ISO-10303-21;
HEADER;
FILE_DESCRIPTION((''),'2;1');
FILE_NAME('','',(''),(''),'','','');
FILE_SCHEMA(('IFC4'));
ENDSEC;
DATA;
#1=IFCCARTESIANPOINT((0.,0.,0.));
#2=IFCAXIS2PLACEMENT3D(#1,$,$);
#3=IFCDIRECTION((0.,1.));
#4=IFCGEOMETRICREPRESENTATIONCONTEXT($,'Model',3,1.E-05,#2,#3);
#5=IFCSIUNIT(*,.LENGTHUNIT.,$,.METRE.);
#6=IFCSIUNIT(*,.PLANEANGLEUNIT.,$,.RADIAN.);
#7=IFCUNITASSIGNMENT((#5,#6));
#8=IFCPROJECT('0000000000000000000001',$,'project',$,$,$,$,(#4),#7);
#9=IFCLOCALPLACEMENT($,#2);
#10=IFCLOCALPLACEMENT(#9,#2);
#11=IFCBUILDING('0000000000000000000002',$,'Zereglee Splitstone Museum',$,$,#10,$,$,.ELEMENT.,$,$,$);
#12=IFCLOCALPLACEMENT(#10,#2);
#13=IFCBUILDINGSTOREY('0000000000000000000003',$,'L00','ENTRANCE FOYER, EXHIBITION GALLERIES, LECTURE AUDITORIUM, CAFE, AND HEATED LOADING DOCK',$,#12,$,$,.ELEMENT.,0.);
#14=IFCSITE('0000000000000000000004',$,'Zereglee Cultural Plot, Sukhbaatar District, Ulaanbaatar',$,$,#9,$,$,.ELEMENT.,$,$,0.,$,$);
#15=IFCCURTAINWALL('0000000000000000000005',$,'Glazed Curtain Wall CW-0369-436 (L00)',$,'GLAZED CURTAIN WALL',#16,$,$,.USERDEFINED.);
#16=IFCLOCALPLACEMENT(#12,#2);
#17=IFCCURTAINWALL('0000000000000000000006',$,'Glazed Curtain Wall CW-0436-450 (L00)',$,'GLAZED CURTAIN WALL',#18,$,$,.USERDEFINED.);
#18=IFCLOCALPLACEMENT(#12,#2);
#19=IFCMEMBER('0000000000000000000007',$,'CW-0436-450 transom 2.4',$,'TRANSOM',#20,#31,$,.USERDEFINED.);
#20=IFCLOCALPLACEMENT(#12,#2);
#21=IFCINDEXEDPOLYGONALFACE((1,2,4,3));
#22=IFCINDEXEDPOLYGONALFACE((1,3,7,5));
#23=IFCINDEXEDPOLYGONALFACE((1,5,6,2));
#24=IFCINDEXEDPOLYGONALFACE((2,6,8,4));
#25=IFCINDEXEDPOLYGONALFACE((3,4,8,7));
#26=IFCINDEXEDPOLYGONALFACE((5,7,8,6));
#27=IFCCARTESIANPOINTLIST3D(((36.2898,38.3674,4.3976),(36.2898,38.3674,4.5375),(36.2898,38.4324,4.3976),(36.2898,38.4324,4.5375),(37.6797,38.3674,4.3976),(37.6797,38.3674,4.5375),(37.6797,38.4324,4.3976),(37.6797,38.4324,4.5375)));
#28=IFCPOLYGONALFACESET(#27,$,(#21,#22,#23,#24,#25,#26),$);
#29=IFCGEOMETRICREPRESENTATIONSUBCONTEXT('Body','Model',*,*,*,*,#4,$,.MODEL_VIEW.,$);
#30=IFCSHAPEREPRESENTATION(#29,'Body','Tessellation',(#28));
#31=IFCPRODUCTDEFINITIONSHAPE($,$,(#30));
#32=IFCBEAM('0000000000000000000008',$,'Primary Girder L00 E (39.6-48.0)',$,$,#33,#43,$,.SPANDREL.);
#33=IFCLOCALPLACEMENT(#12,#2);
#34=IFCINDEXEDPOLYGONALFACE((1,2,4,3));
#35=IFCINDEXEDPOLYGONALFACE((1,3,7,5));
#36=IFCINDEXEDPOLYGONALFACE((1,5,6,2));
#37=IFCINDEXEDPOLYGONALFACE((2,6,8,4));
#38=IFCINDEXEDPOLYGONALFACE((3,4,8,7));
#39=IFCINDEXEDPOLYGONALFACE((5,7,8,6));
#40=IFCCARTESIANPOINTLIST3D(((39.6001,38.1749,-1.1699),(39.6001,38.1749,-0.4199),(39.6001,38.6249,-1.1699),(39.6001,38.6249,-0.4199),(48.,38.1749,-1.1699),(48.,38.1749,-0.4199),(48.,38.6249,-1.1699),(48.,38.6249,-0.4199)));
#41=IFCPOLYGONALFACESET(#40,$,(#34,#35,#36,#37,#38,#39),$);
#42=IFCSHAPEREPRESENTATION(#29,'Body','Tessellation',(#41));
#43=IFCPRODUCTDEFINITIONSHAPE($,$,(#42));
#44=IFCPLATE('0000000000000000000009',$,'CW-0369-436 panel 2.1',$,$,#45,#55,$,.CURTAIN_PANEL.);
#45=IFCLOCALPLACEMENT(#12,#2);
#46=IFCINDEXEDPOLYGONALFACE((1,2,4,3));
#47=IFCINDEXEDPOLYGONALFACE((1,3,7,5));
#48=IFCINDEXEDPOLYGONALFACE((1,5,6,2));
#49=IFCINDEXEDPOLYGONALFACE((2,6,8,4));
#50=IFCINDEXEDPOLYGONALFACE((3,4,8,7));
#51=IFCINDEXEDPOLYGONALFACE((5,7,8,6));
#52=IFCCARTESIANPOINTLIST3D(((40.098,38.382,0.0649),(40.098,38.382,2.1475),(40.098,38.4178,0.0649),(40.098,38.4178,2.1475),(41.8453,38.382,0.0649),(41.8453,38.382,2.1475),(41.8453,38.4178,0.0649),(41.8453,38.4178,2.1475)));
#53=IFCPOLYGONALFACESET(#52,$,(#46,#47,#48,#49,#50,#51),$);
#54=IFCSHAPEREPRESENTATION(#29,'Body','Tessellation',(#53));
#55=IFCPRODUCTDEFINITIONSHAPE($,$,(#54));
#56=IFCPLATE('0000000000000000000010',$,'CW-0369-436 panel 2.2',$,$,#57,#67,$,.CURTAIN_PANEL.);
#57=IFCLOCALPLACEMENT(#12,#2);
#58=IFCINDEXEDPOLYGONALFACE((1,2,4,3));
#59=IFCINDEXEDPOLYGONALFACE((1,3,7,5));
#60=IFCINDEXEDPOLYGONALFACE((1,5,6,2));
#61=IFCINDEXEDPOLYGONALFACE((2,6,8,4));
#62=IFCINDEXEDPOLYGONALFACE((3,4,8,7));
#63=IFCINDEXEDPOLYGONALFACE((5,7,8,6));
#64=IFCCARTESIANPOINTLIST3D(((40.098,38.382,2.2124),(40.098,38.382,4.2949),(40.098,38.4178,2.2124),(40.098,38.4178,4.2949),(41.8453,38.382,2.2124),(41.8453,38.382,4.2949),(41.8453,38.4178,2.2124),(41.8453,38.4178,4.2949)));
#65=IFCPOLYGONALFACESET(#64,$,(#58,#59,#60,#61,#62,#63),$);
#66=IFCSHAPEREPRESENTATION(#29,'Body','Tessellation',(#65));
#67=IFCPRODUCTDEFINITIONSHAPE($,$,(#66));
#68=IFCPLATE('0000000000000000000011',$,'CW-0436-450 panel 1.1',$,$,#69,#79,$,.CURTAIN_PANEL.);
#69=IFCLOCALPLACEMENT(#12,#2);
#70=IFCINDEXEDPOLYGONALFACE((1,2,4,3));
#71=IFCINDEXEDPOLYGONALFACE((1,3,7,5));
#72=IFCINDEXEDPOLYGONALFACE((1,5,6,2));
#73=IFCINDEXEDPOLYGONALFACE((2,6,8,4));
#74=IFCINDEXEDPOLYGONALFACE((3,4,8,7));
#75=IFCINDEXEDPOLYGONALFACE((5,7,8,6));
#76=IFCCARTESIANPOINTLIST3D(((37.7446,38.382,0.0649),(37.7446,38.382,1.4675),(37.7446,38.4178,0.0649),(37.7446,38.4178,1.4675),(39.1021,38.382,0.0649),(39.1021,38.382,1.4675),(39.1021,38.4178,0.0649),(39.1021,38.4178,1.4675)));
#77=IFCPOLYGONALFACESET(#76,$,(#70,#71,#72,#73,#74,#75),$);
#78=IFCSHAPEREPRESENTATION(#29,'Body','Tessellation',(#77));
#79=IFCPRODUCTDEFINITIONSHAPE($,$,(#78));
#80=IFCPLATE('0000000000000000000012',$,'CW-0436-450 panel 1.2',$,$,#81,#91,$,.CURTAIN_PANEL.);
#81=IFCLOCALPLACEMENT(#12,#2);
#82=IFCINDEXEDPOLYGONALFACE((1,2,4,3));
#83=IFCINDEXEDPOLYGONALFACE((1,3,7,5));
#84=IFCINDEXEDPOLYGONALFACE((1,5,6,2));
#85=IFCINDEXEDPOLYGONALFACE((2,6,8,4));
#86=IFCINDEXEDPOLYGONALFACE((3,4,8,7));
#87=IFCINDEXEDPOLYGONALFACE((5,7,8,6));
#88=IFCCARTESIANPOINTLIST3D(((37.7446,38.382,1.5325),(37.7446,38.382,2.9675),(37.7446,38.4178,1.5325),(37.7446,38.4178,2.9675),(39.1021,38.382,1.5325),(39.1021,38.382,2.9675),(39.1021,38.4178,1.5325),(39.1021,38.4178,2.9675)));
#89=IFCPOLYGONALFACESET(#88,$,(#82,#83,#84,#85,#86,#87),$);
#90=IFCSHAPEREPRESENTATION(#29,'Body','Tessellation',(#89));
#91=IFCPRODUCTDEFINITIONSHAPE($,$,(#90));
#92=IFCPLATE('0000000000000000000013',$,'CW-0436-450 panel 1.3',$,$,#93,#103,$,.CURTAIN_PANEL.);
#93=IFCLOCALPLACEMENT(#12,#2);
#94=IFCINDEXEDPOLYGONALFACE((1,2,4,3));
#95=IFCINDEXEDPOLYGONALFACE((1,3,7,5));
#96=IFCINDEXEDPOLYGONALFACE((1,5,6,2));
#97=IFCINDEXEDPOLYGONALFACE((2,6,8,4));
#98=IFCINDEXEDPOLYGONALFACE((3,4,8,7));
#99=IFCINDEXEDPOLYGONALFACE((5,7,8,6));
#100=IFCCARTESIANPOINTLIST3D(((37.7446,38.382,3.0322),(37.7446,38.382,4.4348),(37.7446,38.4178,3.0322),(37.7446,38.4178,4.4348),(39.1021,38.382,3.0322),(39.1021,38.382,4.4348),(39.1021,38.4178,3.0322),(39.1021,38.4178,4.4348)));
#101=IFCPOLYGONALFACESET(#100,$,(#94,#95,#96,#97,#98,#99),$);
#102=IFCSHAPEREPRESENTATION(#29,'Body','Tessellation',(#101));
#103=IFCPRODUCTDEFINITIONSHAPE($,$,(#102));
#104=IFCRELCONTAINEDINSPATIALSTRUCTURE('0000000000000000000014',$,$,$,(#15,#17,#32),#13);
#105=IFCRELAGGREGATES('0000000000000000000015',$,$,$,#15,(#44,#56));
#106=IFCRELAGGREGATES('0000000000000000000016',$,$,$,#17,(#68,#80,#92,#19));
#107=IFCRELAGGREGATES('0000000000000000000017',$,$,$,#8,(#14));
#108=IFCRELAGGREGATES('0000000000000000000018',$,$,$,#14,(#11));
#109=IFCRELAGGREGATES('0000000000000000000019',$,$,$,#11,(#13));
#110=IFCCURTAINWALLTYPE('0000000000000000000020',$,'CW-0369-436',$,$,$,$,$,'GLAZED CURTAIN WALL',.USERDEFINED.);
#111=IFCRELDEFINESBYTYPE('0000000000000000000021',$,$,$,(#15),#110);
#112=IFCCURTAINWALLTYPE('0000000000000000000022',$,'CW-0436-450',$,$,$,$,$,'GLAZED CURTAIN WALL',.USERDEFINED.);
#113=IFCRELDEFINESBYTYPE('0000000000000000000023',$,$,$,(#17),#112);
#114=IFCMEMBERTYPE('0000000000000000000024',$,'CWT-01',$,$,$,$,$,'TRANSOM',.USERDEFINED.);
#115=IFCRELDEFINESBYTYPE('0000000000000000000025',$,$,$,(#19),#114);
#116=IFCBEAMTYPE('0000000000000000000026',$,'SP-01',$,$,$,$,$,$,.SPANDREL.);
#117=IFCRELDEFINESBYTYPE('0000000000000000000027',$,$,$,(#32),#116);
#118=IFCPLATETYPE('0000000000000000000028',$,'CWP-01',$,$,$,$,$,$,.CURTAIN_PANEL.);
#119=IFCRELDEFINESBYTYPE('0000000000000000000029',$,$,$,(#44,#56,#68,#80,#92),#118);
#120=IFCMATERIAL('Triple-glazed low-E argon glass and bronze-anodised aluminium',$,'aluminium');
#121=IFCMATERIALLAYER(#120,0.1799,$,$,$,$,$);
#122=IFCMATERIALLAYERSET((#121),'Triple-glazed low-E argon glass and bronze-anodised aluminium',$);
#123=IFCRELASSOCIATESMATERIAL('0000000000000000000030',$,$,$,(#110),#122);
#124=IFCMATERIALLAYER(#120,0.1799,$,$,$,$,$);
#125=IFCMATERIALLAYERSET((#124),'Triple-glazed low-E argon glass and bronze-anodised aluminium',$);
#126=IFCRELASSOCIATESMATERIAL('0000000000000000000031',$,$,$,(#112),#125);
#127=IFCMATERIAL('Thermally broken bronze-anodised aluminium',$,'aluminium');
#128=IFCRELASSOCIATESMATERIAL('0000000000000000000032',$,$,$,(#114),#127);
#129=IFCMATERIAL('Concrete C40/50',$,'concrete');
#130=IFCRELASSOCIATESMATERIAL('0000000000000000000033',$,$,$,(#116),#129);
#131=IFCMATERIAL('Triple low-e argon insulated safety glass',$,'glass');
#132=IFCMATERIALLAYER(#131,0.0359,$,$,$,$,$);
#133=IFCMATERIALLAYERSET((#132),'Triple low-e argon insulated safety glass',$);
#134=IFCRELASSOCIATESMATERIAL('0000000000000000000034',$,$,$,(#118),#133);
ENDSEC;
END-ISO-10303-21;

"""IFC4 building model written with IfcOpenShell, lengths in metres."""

from ifc_helpers import new_model, si_unit, direction, frame, origin, origin_2d, place, context, subcontext, project, spatial, rectangle, extrude, material, layer, layer_set, material_profile, profile_set, type_object, element, aggregate, save


model = new_model("IFC4")

# Units and contexts
model_context = context("Model", 3, precision=1e-05, world=origin(), true_north=direction((0.0, 1.0)))
body_context = subcontext(model_context, "Body", "Model", "MODEL_VIEW")
ifc_project = project(units=[si_unit("LENGTHUNIT", "METRE"), si_unit("PLANEANGLEUNIT", "RADIAN")], contexts=[model_context])

# Site, building, storey
site_placement = place(None, origin())
site = spatial("IfcSite", under=ifc_project, at=site_placement, Name="Zereglee Cultural Plot, Sukhbaatar District, Ulaanbaatar", CompositionType="ELEMENT", RefElevation=0.0)
building_placement = place(site_placement, origin())
building = spatial("IfcBuilding", under=site, at=building_placement, Name="Zereglee Splitstone Museum", CompositionType="ELEMENT")
storey_placement = place(building_placement, origin())
storey = spatial("IfcBuildingStorey", under=building, at=storey_placement, Name="L00", Description="ENTRANCE FOYER, EXHIBITION GALLERIES, LECTURE AUDITORIUM, CAFE, AND HEATED LOADING DOCK", CompositionType="ELEMENT", Elevation=0.0)

# Curtain walls
ifc_material_1 = material(Name="Triple-glazed low-E argon glass and bronze-anodised aluminium", Category="aluminium")
ifc_layer_1 = layer(ifc_material_1, 0.1799)
ifc_layer_set_1 = layer_set([ifc_layer_1], Name="Triple-glazed low-E argon glass and bronze-anodised aluminium")
curtain_wall_type_1 = type_object("IfcCurtainWallType", Name="CW-0369-436", ElementType="GLAZED CURTAIN WALL", PredefinedType="USERDEFINED", material=ifc_layer_set_1)
curtain_wall_1_placement = place(storey_placement, origin())
curtain_wall_1 = element("IfcCurtainWall", 1, at=curtain_wall_1_placement, inside=storey, type_object=curtain_wall_type_1, Name="Glazed Curtain Wall CW-0369-436 (L00)", ObjectType="GLAZED CURTAIN WALL", PredefinedType="USERDEFINED")
ifc_material_2 = material(Name="Thermally broken bronze-anodised aluminium", Category="aluminium")
ifc_layer_2 = layer(ifc_material_1, 0.1799)
ifc_layer_set_2 = layer_set([ifc_layer_2], Name="Triple-glazed low-E argon glass and bronze-anodised aluminium")
curtain_wall_type_2 = type_object("IfcCurtainWallType", Name="CW-0436-450", ElementType="GLAZED CURTAIN WALL", PredefinedType="USERDEFINED", material=ifc_layer_set_2)
curtain_wall_2_placement = place(storey_placement, origin())
curtain_wall_2 = element("IfcCurtainWall", 2, at=curtain_wall_2_placement, inside=storey, type_object=curtain_wall_type_2, Name="Glazed Curtain Wall CW-0436-450 (L00)", ObjectType="GLAZED CURTAIN WALL", PredefinedType="USERDEFINED")

# Member
ifc_material_profile_1 = material_profile(ifc_material_2, rectangle(XDim=0.0649, YDim=0.1399, at=origin_2d()), Name="CW TRAN 65x140")
ifc_profile_set_1 = profile_set([ifc_material_profile_1], Name="Thermally broken bronze-anodised aluminium")
member_type_1 = type_object("IfcMemberType", Name="CWT-01", ElementType="TRANSOM", PredefinedType="USERDEFINED", material=ifc_profile_set_1)
member_1_placement = place(storey_placement, frame((37.6797, 38.3999, 4.4675), z_axis=(-1.0, 0.0, 0.0), x_axis=(0.0, -1.0, 0.0)))
member_1 = element("IfcMember", 3, at=member_1_placement, type_object=member_type_1, Name="CW-0436-450 transom 2.4", ObjectType="TRANSOM", PredefinedType="USERDEFINED", context=body_context, shape_type="SweptSolid", body=[
    extrude(rectangle(XDim=0.0649, YDim=0.1399, at=origin_2d()), origin(), (0.0, 0.0, 1.0), 1.3899),
])

# Beam
ifc_material_3 = material(Name="Concrete C40/50", Category="concrete")
ifc_material_profile_2 = material_profile(ifc_material_3, rectangle(XDim=0.45, YDim=0.75, at=origin_2d()), Name="RC 450x750")
ifc_profile_set_2 = profile_set([ifc_material_profile_2], Name="Concrete C40/50")
beam_type = type_object("IfcBeamType", Name="SP-01", PredefinedType="SPANDREL", material=ifc_profile_set_2)
beam_placement = place(storey_placement, frame((39.6001, 38.3999, -0.7949), z_axis=(1.0, 0.0, 0.0), x_axis=(0.0, 1.0, 0.0)))
element("IfcBeam", 4, at=beam_placement, inside=storey, type_object=beam_type, Name="Primary Girder L00 E (39.6-48.0)", PredefinedType="SPANDREL", context=body_context, shape_type="SweptSolid", body=[
    extrude(rectangle(XDim=0.45, YDim=0.75, at=origin_2d()), origin(), (0.0, 0.0, 1.0), 8.3999),
])

# Plates
ifc_material_4 = material(Name="Triple low-e argon insulated safety glass", Category="glass")
ifc_layer_3 = layer(ifc_material_4, 0.0359)
ifc_layer_set_3 = layer_set([ifc_layer_3], Name="Triple low-e argon insulated safety glass")
plate_type = type_object("IfcPlateType", Name="CWP-01", PredefinedType="CURTAIN_PANEL", material=ifc_layer_set_3)
plate_1_placement = place(storey_placement, frame((40.9717, 38.3999, 0.0649), z_axis=(0.0, 0.0, 1.0), x_axis=(-1.0, 0.0, 0.0)))
plate_1 = element("IfcPlate", 5, at=plate_1_placement, type_object=plate_type, Name="CW-0369-436 panel 2.1", PredefinedType="CURTAIN_PANEL", context=body_context, shape_type="SweptSolid", body=[
    extrude(rectangle(XDim=1.7473, YDim=0.0359, at=origin_2d()), origin(), (0.0, 0.0, 1.0), 2.0825),
])
plate_2_placement = place(storey_placement, frame((40.9717, 38.3999, 2.2124), z_axis=(0.0, 0.0, 1.0), x_axis=(-1.0, 0.0, 0.0)))
plate_2 = element("IfcPlate", 6, at=plate_2_placement, type_object=plate_type, Name="CW-0369-436 panel 2.2", PredefinedType="CURTAIN_PANEL", context=body_context, shape_type="SweptSolid", body=[
    extrude(rectangle(XDim=1.7473, YDim=0.0359, at=origin_2d()), origin(), (0.0, 0.0, 1.0), 2.0825),
])
aggregate(curtain_wall_1, [plate_1, plate_2])
plate_3_placement = place(storey_placement, frame((38.4233, 38.3999, 0.0649), z_axis=(0.0, 0.0, 1.0), x_axis=(-1.0, 0.0, 0.0)))
plate_3 = element("IfcPlate", 7, at=plate_3_placement, type_object=plate_type, Name="CW-0436-450 panel 1.1", PredefinedType="CURTAIN_PANEL", context=body_context, shape_type="SweptSolid", body=[
    extrude(rectangle(XDim=1.3574, YDim=0.0359, at=origin_2d()), origin(), (0.0, 0.0, 1.0), 1.4026),
])
plate_4_placement = place(storey_placement, frame((38.4233, 38.3999, 1.5325), z_axis=(0.0, 0.0, 1.0), x_axis=(-1.0, 0.0, 0.0)))
plate_4 = element("IfcPlate", 8, at=plate_4_placement, type_object=plate_type, Name="CW-0436-450 panel 1.2", PredefinedType="CURTAIN_PANEL", context=body_context, shape_type="SweptSolid", body=[
    extrude(rectangle(XDim=1.3574, YDim=0.0359, at=origin_2d()), origin(), (0.0, 0.0, 1.0), 1.4351),
])
plate_5_placement = place(storey_placement, frame((38.4233, 38.3999, 3.0322), z_axis=(0.0, 0.0, 1.0), x_axis=(-1.0, 0.0, 0.0)))
plate_5 = element("IfcPlate", 9, at=plate_5_placement, type_object=plate_type, Name="CW-0436-450 panel 1.3", PredefinedType="CURTAIN_PANEL", context=body_context, shape_type="SweptSolid", body=[
    extrude(rectangle(XDim=1.3574, YDim=0.0359, at=origin_2d()), origin(), (0.0, 0.0, 1.0), 1.4026),
])
aggregate(curtain_wall_2, [plate_3, plate_4, plate_5, member_1])

save(model, "model.ifc")
